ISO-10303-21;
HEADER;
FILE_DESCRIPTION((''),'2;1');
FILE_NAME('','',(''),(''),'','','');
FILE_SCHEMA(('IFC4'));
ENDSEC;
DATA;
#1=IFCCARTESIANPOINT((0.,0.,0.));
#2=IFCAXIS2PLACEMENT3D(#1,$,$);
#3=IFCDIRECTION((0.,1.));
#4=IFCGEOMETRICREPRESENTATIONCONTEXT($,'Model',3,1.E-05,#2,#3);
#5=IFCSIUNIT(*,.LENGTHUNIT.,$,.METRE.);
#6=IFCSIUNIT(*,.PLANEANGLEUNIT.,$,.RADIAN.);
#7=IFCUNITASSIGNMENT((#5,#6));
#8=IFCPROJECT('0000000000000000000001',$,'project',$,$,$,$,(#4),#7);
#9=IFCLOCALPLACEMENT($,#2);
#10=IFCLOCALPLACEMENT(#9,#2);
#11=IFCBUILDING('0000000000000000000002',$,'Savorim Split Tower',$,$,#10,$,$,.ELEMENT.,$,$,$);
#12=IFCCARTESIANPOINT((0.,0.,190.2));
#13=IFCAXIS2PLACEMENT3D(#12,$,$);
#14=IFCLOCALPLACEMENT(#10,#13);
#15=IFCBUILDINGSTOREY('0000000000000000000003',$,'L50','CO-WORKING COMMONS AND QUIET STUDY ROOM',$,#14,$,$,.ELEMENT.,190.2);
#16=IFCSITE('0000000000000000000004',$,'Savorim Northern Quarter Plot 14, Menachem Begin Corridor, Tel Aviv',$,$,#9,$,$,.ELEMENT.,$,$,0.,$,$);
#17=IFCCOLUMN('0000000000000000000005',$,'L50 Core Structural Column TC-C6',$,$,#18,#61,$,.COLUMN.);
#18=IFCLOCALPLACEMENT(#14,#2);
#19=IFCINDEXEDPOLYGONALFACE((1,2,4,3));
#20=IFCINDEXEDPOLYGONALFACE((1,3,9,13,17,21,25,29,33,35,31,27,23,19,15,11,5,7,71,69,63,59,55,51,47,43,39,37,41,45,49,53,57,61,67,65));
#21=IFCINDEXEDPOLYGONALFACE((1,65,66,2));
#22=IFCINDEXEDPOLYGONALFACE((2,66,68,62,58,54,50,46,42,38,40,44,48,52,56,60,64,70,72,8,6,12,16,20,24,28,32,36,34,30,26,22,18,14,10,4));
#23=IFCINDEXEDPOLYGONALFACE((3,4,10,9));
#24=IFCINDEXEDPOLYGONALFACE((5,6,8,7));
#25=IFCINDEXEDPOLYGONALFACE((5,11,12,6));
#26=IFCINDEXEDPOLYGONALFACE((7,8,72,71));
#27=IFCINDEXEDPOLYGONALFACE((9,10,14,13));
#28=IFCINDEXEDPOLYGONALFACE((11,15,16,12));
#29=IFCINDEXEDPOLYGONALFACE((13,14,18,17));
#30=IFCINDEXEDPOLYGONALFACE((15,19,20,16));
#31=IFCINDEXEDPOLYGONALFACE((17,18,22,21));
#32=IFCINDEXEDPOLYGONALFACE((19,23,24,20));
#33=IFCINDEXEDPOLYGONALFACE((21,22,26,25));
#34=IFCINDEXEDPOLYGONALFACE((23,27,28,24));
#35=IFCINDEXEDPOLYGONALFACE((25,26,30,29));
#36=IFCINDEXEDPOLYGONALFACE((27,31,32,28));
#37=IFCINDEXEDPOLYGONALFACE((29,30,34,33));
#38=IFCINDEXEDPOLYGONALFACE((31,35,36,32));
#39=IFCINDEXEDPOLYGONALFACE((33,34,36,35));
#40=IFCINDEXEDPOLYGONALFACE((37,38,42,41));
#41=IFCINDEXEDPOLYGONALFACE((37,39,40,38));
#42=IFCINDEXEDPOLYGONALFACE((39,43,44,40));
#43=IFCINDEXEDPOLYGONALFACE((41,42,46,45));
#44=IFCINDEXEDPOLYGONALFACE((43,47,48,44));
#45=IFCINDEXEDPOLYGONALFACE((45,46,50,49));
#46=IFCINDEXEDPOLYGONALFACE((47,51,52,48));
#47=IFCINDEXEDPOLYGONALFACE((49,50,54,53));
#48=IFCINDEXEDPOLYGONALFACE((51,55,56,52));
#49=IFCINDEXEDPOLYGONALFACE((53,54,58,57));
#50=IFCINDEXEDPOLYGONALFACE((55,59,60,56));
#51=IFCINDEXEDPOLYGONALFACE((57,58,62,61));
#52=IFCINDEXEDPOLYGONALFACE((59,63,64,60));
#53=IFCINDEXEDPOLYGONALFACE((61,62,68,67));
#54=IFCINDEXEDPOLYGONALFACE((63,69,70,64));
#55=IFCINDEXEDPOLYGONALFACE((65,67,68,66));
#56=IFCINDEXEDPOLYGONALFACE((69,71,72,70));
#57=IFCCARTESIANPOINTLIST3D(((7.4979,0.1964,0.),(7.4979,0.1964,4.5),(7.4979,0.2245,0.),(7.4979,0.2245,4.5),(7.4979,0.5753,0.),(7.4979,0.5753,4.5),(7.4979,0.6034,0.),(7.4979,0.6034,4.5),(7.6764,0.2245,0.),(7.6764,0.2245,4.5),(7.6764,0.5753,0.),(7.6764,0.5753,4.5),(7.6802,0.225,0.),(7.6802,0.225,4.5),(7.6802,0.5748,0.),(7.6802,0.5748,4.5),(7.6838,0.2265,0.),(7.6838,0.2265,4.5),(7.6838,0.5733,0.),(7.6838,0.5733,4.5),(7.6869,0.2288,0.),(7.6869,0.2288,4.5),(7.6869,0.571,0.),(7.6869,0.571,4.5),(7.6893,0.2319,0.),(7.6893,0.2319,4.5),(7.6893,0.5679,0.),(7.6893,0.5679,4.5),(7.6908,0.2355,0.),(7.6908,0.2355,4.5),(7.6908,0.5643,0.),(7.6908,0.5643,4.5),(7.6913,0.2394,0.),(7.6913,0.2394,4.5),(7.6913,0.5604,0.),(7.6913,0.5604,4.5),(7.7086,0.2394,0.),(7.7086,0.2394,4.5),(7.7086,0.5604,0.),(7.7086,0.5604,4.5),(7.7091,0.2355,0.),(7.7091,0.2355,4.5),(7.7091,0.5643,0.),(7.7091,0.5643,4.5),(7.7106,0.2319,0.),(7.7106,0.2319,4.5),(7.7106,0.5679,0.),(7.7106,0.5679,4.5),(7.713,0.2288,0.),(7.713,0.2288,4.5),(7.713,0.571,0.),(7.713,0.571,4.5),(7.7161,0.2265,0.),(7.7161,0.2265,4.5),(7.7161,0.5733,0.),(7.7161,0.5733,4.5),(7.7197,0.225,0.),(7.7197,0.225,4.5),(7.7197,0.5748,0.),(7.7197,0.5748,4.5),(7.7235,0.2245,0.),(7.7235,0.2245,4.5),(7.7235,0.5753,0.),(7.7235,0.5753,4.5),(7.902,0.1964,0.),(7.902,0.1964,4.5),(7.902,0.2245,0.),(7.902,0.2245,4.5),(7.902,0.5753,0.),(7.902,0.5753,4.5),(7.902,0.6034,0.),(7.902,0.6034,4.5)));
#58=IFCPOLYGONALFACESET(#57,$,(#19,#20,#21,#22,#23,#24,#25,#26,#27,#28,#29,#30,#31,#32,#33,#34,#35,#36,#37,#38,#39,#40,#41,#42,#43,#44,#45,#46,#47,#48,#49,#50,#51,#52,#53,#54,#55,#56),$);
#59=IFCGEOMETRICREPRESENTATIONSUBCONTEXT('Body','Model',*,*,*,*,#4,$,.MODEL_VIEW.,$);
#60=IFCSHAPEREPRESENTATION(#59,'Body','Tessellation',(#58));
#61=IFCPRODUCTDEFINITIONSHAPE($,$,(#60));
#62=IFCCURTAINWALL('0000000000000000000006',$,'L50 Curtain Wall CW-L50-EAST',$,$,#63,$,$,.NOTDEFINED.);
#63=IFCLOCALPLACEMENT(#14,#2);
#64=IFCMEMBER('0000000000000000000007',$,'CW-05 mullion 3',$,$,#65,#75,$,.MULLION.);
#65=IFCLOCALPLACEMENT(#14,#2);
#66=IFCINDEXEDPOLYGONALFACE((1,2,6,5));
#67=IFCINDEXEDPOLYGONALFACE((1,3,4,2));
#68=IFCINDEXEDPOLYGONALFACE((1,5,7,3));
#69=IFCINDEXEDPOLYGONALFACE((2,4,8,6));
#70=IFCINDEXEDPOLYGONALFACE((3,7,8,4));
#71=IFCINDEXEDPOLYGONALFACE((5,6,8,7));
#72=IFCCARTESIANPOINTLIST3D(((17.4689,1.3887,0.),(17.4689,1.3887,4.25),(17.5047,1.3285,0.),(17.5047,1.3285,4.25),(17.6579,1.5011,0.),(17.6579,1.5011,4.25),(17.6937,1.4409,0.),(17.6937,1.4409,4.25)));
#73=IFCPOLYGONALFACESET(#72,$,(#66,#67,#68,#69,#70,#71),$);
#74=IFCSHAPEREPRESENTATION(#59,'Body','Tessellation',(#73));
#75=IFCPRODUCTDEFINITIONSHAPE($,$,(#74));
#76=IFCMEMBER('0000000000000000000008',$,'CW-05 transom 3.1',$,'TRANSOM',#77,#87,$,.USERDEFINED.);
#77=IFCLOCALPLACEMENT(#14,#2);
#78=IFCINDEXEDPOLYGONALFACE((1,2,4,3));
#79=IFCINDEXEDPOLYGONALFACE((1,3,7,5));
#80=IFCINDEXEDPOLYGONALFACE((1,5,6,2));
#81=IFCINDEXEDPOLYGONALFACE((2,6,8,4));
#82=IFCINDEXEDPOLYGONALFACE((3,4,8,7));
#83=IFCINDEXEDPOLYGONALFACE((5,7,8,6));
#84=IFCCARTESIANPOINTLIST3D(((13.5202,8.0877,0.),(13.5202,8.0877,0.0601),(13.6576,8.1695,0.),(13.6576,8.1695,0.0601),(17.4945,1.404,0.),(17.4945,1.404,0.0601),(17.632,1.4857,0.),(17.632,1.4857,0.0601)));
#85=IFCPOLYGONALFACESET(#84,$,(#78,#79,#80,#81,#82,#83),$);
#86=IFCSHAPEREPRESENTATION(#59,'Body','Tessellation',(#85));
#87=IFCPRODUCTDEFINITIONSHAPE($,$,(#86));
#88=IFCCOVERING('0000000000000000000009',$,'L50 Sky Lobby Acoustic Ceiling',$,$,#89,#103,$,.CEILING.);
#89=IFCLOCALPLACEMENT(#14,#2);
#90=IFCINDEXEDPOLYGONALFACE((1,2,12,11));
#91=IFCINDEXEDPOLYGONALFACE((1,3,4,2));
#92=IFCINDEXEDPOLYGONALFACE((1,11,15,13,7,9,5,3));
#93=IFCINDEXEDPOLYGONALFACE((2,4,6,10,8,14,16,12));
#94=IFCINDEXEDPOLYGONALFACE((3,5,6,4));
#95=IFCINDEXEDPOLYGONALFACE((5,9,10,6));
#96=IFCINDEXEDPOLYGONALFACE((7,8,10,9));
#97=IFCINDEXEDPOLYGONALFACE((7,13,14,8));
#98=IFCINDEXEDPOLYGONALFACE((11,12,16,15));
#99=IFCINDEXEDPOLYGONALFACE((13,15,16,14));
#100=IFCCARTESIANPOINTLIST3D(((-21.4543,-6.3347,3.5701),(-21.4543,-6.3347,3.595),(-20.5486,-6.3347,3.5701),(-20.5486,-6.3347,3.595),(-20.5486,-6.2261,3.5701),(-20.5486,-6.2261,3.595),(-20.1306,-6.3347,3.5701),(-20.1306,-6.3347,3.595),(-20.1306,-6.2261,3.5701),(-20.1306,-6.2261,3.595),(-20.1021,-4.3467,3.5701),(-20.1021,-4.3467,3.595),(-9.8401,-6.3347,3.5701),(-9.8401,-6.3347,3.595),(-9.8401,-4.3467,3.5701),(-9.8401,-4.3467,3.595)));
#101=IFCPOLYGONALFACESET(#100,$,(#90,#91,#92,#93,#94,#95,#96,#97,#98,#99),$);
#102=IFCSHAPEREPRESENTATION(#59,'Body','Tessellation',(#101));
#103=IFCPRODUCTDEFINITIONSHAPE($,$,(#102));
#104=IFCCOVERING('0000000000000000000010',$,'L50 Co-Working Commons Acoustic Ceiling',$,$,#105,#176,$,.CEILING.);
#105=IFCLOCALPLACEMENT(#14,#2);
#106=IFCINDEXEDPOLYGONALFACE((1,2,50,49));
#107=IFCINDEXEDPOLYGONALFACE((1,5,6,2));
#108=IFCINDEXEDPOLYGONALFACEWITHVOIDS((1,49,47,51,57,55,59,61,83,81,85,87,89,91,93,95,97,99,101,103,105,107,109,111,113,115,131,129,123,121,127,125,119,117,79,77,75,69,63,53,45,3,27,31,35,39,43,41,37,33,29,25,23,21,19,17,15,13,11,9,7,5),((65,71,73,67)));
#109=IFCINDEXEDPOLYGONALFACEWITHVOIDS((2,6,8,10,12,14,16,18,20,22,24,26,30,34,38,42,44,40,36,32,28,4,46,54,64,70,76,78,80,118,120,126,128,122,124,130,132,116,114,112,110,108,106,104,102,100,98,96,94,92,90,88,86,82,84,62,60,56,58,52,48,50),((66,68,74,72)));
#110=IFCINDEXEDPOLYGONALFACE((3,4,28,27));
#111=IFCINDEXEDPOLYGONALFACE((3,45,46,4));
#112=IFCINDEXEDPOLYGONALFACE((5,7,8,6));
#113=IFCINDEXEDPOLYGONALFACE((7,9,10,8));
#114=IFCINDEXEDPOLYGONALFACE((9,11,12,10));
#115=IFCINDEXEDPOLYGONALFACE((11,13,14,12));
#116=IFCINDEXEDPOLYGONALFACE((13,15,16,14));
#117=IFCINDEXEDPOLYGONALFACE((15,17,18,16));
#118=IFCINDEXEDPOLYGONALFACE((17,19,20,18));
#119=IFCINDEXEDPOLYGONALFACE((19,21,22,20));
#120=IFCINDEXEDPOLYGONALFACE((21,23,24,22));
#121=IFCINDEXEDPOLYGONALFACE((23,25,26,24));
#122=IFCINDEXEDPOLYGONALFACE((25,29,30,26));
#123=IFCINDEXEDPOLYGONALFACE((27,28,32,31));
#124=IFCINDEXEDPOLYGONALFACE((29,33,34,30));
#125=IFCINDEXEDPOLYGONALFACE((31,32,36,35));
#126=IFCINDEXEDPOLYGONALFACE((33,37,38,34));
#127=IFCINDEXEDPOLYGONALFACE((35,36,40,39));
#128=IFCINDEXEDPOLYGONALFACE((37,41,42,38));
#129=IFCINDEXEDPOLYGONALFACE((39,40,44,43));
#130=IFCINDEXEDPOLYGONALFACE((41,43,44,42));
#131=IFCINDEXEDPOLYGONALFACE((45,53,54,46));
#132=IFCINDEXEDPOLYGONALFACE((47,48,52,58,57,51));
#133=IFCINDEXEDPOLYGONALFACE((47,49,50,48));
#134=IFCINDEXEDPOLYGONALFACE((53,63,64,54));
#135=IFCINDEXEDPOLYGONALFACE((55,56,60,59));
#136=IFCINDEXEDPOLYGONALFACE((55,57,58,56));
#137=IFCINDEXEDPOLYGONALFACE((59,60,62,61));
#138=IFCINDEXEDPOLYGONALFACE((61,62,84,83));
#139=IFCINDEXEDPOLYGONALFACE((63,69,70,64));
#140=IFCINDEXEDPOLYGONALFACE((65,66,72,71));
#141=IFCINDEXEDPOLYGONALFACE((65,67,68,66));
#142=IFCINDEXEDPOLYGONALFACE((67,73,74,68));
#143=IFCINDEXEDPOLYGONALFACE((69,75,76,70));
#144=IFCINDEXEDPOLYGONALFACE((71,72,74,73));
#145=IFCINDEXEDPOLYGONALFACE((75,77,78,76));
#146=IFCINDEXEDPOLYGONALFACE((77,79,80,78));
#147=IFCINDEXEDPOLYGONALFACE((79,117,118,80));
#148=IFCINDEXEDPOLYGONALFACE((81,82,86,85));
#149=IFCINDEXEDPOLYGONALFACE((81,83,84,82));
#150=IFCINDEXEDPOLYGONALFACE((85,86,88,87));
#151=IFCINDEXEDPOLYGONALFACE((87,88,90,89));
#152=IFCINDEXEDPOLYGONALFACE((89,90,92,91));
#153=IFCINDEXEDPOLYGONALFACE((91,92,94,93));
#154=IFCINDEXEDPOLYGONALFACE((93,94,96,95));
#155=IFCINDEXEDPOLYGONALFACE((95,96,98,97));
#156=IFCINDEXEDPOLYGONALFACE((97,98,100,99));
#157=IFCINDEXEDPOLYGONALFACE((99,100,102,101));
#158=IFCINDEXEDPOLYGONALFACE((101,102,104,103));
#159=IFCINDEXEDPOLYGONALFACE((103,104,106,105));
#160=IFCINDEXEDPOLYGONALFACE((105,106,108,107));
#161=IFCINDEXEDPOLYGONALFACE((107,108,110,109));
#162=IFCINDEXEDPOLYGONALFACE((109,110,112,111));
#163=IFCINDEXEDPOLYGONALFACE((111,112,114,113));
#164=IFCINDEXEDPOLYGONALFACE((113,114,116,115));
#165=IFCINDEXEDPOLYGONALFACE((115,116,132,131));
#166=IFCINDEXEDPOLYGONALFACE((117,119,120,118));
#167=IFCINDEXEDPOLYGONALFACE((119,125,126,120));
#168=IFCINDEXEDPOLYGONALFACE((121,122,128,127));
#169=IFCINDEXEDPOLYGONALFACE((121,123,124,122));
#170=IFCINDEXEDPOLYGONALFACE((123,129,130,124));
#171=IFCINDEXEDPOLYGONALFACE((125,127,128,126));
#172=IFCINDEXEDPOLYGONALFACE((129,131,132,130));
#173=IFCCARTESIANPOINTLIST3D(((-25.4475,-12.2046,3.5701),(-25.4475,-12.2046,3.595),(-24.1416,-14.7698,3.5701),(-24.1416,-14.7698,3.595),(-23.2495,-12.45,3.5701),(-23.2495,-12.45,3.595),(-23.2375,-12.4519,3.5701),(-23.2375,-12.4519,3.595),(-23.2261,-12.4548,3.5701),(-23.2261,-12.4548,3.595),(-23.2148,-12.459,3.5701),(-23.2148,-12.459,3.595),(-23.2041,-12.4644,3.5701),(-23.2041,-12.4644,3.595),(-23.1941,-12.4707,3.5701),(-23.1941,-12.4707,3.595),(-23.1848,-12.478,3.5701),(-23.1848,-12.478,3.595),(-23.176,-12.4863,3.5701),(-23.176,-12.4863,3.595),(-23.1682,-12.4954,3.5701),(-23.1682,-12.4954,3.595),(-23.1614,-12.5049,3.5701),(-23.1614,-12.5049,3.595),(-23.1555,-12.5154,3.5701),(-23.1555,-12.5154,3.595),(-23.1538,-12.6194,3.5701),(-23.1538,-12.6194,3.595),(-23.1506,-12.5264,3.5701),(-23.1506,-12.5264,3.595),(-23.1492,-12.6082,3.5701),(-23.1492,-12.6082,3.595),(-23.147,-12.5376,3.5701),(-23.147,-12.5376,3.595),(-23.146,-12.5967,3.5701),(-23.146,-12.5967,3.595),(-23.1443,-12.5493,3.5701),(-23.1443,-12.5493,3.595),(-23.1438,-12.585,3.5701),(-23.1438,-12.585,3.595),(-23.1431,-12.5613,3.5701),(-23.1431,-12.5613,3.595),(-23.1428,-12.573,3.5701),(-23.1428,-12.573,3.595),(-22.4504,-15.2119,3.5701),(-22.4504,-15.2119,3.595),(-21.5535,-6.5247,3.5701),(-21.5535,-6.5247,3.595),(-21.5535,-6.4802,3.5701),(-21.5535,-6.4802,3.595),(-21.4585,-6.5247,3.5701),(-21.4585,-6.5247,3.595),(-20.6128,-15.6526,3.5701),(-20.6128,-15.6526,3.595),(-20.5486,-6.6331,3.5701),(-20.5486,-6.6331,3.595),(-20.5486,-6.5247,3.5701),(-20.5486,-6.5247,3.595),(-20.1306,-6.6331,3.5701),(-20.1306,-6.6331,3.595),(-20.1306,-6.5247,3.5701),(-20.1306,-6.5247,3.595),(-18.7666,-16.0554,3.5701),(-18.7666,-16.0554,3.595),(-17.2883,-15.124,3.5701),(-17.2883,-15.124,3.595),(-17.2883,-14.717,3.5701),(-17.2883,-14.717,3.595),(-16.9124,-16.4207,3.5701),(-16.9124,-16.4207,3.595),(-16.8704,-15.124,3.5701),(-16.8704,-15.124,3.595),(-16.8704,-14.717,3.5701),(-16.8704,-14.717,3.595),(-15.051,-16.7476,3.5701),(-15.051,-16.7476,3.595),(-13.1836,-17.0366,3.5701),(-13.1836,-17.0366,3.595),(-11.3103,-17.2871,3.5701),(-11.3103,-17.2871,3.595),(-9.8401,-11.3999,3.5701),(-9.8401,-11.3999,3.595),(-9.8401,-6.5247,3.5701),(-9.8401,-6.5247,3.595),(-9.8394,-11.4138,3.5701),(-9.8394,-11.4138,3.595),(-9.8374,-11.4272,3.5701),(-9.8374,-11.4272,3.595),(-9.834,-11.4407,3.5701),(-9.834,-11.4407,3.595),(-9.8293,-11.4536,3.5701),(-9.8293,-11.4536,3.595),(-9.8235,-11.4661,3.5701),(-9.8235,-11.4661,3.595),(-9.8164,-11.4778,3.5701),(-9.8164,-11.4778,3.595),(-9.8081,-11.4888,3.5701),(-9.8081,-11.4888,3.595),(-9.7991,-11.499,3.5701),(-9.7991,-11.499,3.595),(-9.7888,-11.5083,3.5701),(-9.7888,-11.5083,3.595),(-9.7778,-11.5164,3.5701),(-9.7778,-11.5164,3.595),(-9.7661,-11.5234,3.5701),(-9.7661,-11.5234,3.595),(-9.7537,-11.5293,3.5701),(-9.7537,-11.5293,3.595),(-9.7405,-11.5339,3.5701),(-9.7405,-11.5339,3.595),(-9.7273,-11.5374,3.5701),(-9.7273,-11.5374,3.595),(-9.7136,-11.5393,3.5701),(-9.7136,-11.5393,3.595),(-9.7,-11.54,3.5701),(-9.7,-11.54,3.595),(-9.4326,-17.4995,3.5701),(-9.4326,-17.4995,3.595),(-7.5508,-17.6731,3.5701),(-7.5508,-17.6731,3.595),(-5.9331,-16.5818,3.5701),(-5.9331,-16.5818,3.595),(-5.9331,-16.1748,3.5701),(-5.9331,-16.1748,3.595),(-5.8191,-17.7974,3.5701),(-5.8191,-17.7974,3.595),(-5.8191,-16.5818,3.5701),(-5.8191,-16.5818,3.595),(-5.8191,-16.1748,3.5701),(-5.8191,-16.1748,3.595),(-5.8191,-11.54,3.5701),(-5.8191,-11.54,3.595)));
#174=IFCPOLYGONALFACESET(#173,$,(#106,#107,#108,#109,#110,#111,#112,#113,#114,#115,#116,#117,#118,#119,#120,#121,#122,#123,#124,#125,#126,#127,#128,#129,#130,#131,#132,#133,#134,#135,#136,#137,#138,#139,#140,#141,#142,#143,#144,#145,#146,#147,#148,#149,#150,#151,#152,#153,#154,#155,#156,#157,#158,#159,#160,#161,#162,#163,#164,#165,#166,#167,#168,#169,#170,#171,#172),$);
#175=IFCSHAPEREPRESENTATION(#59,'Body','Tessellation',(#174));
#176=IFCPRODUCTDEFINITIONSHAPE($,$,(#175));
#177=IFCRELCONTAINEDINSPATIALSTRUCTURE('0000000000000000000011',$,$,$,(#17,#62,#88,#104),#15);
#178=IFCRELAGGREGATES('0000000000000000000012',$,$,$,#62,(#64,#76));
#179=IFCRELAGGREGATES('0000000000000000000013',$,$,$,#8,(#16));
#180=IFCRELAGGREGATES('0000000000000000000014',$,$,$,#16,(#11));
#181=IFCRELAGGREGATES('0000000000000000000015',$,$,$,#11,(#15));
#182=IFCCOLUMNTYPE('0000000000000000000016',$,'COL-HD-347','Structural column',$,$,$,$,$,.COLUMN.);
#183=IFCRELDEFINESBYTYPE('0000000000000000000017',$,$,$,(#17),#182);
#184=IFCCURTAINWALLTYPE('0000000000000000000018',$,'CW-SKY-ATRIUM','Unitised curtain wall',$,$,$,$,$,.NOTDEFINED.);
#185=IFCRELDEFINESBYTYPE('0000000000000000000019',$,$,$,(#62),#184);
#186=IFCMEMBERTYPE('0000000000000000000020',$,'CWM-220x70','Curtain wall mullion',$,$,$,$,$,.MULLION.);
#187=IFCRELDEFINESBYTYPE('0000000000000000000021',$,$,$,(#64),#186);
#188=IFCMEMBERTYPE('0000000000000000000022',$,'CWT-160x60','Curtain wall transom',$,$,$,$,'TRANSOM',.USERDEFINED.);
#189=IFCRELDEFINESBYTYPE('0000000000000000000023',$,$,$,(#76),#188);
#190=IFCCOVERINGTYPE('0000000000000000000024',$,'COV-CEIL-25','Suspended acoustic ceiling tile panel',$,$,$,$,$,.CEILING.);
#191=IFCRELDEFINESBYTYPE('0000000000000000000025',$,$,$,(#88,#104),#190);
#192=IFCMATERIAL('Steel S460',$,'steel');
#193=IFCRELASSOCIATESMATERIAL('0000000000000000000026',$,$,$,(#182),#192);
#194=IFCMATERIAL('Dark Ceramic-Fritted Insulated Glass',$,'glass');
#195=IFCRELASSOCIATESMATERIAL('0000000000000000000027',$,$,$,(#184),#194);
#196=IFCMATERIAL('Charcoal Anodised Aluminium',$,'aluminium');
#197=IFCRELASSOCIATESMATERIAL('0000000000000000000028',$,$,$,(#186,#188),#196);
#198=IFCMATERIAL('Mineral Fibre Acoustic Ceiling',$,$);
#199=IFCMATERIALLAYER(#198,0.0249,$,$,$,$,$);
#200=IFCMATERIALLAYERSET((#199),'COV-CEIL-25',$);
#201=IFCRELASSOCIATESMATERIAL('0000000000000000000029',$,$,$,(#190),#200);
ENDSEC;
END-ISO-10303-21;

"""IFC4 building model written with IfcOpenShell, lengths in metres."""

from ifc_helpers import new_model, si_unit, direction, frame, origin, origin_2d, place, context, subcontext, project, spatial, polyline, rectangle, i_section, outline, extrude, material, layer, layer_set, material_profile, profile_set, type_object, element, aggregate, save


model = new_model("IFC4")

# Units and contexts
model_context = context("Model", 3, precision=1e-05, world=origin(), true_north=direction((0.0, 1.0)))
body_context = subcontext(model_context, "Body", "Model", "MODEL_VIEW")
ifc_project = project(units=[si_unit("LENGTHUNIT", "METRE"), si_unit("PLANEANGLEUNIT", "RADIAN")], contexts=[model_context])

# Site, building, storey
site_placement = place(None, origin())
site = spatial("IfcSite", under=ifc_project, at=site_placement, Name="Savorim Northern Quarter Plot 14, Menachem Begin Corridor, Tel Aviv", CompositionType="ELEMENT", RefElevation=0.0)
building_placement = place(site_placement, origin())
building = spatial("IfcBuilding", under=site, at=building_placement, Name="Savorim Split Tower", CompositionType="ELEMENT")
storey_placement = place(building_placement, frame((0.0, 0.0, 190.2)))
storey = spatial("IfcBuildingStorey", under=building, at=storey_placement, Name="L50", Description="CO-WORKING COMMONS AND QUIET STUDY ROOM", CompositionType="ELEMENT", Elevation=190.2)

# Column
ifc_material_1 = material(Name="Steel S460", Category="steel")
ifc_material_profile_1 = material_profile(ifc_material_1, i_section(OverallWidth=0.4041, OverallDepth=0.407, WebThickness=0.0173, FlangeThickness=0.0281, FilletRadius=0.0149, at=origin_2d()), Name="HD 400x347")
ifc_profile_set_1 = profile_set([ifc_material_profile_1], Name="Steel S460")
column_type = type_object("IfcColumnType", Name="COL-HD-347", Description="Structural column", PredefinedType="COLUMN", material=ifc_profile_set_1)
column_placement = place(storey_placement, frame((7.7, 0.3999, 0.0), z_axis=(0.0, 0.0, 1.0), x_axis=(1.0, 0.0, 0.0)))
element("IfcColumn", 1, at=column_placement, inside=storey, type_object=column_type, Name="L50 Core Structural Column TC-C6", PredefinedType="COLUMN", context=body_context, shape_type="SweptSolid", body=[
    extrude(i_section(OverallWidth=0.4041, OverallDepth=0.407, WebThickness=0.0173, FlangeThickness=0.0281, FilletRadius=0.0149, at=origin_2d()), origin(), (0.0, 0.0, 1.0), 4.5),
])

# Curtain wall, members
ifc_material_2 = material(Name="Dark Ceramic-Fritted Insulated Glass", Category="glass")
curtain_wall_type = type_object("IfcCurtainWallType", Name="CW-SKY-ATRIUM", Description="Unitised curtain wall", PredefinedType="NOTDEFINED", material=ifc_material_2)
curtain_wall_placement = place(storey_placement, origin())
curtain_wall = element("IfcCurtainWall", 2, at=curtain_wall_placement, inside=storey, type_object=curtain_wall_type, Name="L50 Curtain Wall CW-L50-EAST", PredefinedType="NOTDEFINED")
ifc_material_3 = material(Name="Charcoal Anodised Aluminium", Category="aluminium")
ifc_material_profile_2 = material_profile(ifc_material_3, rectangle(XDim=0.22, YDim=0.0701, at=origin_2d()), Name="ALU-M 220x70")
ifc_profile_set_2 = profile_set([ifc_material_profile_2], Name="Charcoal Anodised Aluminium")
member_type_1 = type_object("IfcMemberType", Name="CWM-220x70", Description="Curtain wall mullion", PredefinedType="MULLION", material=ifc_profile_set_2)
member_1_placement = place(storey_placement, frame((17.5813, 1.4148, 0.0), z_axis=(0.0, 0.0, 1.0), x_axis=(-0.859526, -0.511092, 0.0)))
member_1 = element("IfcMember", 3, at=member_1_placement, type_object=member_type_1, Name="CW-05 mullion 3", PredefinedType="MULLION", context=body_context, shape_type="SweptSolid", body=[
    extrude(rectangle(XDim=0.22, YDim=0.0701, at=origin_2d()), origin(), (0.0, 0.0, 1.0), 4.25),
])
ifc_material_profile_3 = material_profile(ifc_material_3, rectangle(XDim=0.1599, YDim=0.0601, at=origin_2d()), Name="ALU-T 160x60")
ifc_profile_set_3 = profile_set([ifc_material_profile_3], Name="Charcoal Anodised Aluminium")
member_type_2 = type_object("IfcMemberType", Name="CWT-160x60", Description="Curtain wall transom", ElementType="TRANSOM", PredefinedType="USERDEFINED", material=ifc_profile_set_3)
member_2_placement = place(storey_placement, frame((17.5632, 1.4448, 0.03), z_axis=(-0.511094, 0.859525, 0.0), x_axis=(-0.859525, -0.511094, 0.0)))
member_2 = element("IfcMember", 4, at=member_2_placement, type_object=member_type_2, Name="CW-05 transom 3.1", ObjectType="TRANSOM", PredefinedType="USERDEFINED", context=body_context, shape_type="SweptSolid", body=[
    extrude(rectangle(XDim=0.1599, YDim=0.0601, at=origin_2d()), origin(), (0.0, 0.0, 1.0), 7.7761),
])
aggregate(curtain_wall, [member_1, member_2])

# Coverings
ifc_material_4 = material(Name="Mineral Fibre Acoustic Ceiling")
ifc_layer_1 = layer(ifc_material_4, 0.0249)
ifc_layer_set_1 = layer_set([ifc_layer_1], Name="COV-CEIL-25")
covering_type_1 = type_object("IfcCoveringType", Name="COV-CEIL-25", Description="Suspended acoustic ceiling tile panel", PredefinedType="CEILING", material=ifc_layer_set_1)
covering_1_placement = place(storey_placement, frame((0.0, 0.0, 3.5701)))
element("IfcCovering", 5, at=covering_1_placement, inside=storey, type_object=covering_type_1, Name="L50 Sky Lobby Acoustic Ceiling", PredefinedType="CEILING", context=body_context, shape_type="SweptSolid", body=[
    extrude(outline(polyline([(-20.1306, -6.2261), (-20.1306, -6.3347), (-9.8401, -6.3347), (-9.8401, -4.3467), (-20.1021, -4.3467), (-21.4543, -6.3347), (-20.5486, -6.3347), (-20.5486, -6.2261), (-20.1306, -6.2261)])), origin(), (0.0, 0.0, 1.0), 0.0249),
])
covering_2_placement = place(storey_placement, frame((0.0, 0.0, 3.5701)))
element("IfcCovering", 6, at=covering_2_placement, inside=storey, type_object=covering_type_1, Name="L50 Co-Working Commons Acoustic Ceiling", PredefinedType="CEILING", context=body_context, shape_type="SweptSolid", body=[
    extrude(outline(polyline([(-23.1428, -12.573), (-23.1438, -12.585), (-23.146, -12.5967), (-23.1492, -12.6082), (-23.1538, -12.6194), (-24.1416, -14.7698), (-22.4504, -15.2119), (-20.6128, -15.6526), (-18.7666, -16.0554), (-16.9124, -16.4207), (-15.051, -16.7476), (-13.1836, -17.0366), (-11.3103, -17.2871), (-9.4326, -17.4995), (-7.5508, -17.6731), (-5.8191, -17.7974), (-5.8191, -16.5818), (-5.9331, -16.5818), (-5.9331, -16.1748), (-5.8191, -16.1748), (-5.8191, -11.54), (-9.7, -11.54), (-9.7136, -11.5393), (-9.7273, -11.5374), (-9.7405, -11.5339), (-9.7537, -11.5293), (-9.7661, -11.5234), (-9.7778, -11.5164), (-9.7888, -11.5083), (-9.7991, -11.499), (-9.8081, -11.4888), (-9.8164, -11.4778), (-9.8235, -11.4661), (-9.8293, -11.4536), (-9.834, -11.4407), (-9.8374, -11.4272), (-9.8394, -11.4138), (-9.8401, -11.3999), (-9.8401, -6.5247), (-20.1306, -6.5247), (-20.1306, -6.6331), (-20.5486, -6.6331), (-20.5486, -6.5247), (-21.4585, -6.5247), (-21.5535, -6.5247), (-21.5535, -6.4802), (-25.4475, -12.2046), (-23.2495, -12.45), (-23.2375, -12.4519), (-23.2261, -12.4548), (-23.2148, -12.459), (-23.2041, -12.4644), (-23.1941, -12.4707), (-23.1848, -12.478), (-23.176, -12.4863), (-23.1682, -12.4954), (-23.1614, -12.5049), (-23.1555, -12.5154), (-23.1506, -12.5264), (-23.147, -12.5376), (-23.1443, -12.5493), (-23.1431, -12.5613), (-23.1428, -12.573)]), holes=[polyline([(-17.2883, -15.124), (-16.8704, -15.124), (-16.8704, -14.717), (-17.2883, -14.717), (-17.2883, -15.124)])]), origin(), (0.0, 0.0, 1.0), 0.0249),
])

save(model, "model.ifc")
